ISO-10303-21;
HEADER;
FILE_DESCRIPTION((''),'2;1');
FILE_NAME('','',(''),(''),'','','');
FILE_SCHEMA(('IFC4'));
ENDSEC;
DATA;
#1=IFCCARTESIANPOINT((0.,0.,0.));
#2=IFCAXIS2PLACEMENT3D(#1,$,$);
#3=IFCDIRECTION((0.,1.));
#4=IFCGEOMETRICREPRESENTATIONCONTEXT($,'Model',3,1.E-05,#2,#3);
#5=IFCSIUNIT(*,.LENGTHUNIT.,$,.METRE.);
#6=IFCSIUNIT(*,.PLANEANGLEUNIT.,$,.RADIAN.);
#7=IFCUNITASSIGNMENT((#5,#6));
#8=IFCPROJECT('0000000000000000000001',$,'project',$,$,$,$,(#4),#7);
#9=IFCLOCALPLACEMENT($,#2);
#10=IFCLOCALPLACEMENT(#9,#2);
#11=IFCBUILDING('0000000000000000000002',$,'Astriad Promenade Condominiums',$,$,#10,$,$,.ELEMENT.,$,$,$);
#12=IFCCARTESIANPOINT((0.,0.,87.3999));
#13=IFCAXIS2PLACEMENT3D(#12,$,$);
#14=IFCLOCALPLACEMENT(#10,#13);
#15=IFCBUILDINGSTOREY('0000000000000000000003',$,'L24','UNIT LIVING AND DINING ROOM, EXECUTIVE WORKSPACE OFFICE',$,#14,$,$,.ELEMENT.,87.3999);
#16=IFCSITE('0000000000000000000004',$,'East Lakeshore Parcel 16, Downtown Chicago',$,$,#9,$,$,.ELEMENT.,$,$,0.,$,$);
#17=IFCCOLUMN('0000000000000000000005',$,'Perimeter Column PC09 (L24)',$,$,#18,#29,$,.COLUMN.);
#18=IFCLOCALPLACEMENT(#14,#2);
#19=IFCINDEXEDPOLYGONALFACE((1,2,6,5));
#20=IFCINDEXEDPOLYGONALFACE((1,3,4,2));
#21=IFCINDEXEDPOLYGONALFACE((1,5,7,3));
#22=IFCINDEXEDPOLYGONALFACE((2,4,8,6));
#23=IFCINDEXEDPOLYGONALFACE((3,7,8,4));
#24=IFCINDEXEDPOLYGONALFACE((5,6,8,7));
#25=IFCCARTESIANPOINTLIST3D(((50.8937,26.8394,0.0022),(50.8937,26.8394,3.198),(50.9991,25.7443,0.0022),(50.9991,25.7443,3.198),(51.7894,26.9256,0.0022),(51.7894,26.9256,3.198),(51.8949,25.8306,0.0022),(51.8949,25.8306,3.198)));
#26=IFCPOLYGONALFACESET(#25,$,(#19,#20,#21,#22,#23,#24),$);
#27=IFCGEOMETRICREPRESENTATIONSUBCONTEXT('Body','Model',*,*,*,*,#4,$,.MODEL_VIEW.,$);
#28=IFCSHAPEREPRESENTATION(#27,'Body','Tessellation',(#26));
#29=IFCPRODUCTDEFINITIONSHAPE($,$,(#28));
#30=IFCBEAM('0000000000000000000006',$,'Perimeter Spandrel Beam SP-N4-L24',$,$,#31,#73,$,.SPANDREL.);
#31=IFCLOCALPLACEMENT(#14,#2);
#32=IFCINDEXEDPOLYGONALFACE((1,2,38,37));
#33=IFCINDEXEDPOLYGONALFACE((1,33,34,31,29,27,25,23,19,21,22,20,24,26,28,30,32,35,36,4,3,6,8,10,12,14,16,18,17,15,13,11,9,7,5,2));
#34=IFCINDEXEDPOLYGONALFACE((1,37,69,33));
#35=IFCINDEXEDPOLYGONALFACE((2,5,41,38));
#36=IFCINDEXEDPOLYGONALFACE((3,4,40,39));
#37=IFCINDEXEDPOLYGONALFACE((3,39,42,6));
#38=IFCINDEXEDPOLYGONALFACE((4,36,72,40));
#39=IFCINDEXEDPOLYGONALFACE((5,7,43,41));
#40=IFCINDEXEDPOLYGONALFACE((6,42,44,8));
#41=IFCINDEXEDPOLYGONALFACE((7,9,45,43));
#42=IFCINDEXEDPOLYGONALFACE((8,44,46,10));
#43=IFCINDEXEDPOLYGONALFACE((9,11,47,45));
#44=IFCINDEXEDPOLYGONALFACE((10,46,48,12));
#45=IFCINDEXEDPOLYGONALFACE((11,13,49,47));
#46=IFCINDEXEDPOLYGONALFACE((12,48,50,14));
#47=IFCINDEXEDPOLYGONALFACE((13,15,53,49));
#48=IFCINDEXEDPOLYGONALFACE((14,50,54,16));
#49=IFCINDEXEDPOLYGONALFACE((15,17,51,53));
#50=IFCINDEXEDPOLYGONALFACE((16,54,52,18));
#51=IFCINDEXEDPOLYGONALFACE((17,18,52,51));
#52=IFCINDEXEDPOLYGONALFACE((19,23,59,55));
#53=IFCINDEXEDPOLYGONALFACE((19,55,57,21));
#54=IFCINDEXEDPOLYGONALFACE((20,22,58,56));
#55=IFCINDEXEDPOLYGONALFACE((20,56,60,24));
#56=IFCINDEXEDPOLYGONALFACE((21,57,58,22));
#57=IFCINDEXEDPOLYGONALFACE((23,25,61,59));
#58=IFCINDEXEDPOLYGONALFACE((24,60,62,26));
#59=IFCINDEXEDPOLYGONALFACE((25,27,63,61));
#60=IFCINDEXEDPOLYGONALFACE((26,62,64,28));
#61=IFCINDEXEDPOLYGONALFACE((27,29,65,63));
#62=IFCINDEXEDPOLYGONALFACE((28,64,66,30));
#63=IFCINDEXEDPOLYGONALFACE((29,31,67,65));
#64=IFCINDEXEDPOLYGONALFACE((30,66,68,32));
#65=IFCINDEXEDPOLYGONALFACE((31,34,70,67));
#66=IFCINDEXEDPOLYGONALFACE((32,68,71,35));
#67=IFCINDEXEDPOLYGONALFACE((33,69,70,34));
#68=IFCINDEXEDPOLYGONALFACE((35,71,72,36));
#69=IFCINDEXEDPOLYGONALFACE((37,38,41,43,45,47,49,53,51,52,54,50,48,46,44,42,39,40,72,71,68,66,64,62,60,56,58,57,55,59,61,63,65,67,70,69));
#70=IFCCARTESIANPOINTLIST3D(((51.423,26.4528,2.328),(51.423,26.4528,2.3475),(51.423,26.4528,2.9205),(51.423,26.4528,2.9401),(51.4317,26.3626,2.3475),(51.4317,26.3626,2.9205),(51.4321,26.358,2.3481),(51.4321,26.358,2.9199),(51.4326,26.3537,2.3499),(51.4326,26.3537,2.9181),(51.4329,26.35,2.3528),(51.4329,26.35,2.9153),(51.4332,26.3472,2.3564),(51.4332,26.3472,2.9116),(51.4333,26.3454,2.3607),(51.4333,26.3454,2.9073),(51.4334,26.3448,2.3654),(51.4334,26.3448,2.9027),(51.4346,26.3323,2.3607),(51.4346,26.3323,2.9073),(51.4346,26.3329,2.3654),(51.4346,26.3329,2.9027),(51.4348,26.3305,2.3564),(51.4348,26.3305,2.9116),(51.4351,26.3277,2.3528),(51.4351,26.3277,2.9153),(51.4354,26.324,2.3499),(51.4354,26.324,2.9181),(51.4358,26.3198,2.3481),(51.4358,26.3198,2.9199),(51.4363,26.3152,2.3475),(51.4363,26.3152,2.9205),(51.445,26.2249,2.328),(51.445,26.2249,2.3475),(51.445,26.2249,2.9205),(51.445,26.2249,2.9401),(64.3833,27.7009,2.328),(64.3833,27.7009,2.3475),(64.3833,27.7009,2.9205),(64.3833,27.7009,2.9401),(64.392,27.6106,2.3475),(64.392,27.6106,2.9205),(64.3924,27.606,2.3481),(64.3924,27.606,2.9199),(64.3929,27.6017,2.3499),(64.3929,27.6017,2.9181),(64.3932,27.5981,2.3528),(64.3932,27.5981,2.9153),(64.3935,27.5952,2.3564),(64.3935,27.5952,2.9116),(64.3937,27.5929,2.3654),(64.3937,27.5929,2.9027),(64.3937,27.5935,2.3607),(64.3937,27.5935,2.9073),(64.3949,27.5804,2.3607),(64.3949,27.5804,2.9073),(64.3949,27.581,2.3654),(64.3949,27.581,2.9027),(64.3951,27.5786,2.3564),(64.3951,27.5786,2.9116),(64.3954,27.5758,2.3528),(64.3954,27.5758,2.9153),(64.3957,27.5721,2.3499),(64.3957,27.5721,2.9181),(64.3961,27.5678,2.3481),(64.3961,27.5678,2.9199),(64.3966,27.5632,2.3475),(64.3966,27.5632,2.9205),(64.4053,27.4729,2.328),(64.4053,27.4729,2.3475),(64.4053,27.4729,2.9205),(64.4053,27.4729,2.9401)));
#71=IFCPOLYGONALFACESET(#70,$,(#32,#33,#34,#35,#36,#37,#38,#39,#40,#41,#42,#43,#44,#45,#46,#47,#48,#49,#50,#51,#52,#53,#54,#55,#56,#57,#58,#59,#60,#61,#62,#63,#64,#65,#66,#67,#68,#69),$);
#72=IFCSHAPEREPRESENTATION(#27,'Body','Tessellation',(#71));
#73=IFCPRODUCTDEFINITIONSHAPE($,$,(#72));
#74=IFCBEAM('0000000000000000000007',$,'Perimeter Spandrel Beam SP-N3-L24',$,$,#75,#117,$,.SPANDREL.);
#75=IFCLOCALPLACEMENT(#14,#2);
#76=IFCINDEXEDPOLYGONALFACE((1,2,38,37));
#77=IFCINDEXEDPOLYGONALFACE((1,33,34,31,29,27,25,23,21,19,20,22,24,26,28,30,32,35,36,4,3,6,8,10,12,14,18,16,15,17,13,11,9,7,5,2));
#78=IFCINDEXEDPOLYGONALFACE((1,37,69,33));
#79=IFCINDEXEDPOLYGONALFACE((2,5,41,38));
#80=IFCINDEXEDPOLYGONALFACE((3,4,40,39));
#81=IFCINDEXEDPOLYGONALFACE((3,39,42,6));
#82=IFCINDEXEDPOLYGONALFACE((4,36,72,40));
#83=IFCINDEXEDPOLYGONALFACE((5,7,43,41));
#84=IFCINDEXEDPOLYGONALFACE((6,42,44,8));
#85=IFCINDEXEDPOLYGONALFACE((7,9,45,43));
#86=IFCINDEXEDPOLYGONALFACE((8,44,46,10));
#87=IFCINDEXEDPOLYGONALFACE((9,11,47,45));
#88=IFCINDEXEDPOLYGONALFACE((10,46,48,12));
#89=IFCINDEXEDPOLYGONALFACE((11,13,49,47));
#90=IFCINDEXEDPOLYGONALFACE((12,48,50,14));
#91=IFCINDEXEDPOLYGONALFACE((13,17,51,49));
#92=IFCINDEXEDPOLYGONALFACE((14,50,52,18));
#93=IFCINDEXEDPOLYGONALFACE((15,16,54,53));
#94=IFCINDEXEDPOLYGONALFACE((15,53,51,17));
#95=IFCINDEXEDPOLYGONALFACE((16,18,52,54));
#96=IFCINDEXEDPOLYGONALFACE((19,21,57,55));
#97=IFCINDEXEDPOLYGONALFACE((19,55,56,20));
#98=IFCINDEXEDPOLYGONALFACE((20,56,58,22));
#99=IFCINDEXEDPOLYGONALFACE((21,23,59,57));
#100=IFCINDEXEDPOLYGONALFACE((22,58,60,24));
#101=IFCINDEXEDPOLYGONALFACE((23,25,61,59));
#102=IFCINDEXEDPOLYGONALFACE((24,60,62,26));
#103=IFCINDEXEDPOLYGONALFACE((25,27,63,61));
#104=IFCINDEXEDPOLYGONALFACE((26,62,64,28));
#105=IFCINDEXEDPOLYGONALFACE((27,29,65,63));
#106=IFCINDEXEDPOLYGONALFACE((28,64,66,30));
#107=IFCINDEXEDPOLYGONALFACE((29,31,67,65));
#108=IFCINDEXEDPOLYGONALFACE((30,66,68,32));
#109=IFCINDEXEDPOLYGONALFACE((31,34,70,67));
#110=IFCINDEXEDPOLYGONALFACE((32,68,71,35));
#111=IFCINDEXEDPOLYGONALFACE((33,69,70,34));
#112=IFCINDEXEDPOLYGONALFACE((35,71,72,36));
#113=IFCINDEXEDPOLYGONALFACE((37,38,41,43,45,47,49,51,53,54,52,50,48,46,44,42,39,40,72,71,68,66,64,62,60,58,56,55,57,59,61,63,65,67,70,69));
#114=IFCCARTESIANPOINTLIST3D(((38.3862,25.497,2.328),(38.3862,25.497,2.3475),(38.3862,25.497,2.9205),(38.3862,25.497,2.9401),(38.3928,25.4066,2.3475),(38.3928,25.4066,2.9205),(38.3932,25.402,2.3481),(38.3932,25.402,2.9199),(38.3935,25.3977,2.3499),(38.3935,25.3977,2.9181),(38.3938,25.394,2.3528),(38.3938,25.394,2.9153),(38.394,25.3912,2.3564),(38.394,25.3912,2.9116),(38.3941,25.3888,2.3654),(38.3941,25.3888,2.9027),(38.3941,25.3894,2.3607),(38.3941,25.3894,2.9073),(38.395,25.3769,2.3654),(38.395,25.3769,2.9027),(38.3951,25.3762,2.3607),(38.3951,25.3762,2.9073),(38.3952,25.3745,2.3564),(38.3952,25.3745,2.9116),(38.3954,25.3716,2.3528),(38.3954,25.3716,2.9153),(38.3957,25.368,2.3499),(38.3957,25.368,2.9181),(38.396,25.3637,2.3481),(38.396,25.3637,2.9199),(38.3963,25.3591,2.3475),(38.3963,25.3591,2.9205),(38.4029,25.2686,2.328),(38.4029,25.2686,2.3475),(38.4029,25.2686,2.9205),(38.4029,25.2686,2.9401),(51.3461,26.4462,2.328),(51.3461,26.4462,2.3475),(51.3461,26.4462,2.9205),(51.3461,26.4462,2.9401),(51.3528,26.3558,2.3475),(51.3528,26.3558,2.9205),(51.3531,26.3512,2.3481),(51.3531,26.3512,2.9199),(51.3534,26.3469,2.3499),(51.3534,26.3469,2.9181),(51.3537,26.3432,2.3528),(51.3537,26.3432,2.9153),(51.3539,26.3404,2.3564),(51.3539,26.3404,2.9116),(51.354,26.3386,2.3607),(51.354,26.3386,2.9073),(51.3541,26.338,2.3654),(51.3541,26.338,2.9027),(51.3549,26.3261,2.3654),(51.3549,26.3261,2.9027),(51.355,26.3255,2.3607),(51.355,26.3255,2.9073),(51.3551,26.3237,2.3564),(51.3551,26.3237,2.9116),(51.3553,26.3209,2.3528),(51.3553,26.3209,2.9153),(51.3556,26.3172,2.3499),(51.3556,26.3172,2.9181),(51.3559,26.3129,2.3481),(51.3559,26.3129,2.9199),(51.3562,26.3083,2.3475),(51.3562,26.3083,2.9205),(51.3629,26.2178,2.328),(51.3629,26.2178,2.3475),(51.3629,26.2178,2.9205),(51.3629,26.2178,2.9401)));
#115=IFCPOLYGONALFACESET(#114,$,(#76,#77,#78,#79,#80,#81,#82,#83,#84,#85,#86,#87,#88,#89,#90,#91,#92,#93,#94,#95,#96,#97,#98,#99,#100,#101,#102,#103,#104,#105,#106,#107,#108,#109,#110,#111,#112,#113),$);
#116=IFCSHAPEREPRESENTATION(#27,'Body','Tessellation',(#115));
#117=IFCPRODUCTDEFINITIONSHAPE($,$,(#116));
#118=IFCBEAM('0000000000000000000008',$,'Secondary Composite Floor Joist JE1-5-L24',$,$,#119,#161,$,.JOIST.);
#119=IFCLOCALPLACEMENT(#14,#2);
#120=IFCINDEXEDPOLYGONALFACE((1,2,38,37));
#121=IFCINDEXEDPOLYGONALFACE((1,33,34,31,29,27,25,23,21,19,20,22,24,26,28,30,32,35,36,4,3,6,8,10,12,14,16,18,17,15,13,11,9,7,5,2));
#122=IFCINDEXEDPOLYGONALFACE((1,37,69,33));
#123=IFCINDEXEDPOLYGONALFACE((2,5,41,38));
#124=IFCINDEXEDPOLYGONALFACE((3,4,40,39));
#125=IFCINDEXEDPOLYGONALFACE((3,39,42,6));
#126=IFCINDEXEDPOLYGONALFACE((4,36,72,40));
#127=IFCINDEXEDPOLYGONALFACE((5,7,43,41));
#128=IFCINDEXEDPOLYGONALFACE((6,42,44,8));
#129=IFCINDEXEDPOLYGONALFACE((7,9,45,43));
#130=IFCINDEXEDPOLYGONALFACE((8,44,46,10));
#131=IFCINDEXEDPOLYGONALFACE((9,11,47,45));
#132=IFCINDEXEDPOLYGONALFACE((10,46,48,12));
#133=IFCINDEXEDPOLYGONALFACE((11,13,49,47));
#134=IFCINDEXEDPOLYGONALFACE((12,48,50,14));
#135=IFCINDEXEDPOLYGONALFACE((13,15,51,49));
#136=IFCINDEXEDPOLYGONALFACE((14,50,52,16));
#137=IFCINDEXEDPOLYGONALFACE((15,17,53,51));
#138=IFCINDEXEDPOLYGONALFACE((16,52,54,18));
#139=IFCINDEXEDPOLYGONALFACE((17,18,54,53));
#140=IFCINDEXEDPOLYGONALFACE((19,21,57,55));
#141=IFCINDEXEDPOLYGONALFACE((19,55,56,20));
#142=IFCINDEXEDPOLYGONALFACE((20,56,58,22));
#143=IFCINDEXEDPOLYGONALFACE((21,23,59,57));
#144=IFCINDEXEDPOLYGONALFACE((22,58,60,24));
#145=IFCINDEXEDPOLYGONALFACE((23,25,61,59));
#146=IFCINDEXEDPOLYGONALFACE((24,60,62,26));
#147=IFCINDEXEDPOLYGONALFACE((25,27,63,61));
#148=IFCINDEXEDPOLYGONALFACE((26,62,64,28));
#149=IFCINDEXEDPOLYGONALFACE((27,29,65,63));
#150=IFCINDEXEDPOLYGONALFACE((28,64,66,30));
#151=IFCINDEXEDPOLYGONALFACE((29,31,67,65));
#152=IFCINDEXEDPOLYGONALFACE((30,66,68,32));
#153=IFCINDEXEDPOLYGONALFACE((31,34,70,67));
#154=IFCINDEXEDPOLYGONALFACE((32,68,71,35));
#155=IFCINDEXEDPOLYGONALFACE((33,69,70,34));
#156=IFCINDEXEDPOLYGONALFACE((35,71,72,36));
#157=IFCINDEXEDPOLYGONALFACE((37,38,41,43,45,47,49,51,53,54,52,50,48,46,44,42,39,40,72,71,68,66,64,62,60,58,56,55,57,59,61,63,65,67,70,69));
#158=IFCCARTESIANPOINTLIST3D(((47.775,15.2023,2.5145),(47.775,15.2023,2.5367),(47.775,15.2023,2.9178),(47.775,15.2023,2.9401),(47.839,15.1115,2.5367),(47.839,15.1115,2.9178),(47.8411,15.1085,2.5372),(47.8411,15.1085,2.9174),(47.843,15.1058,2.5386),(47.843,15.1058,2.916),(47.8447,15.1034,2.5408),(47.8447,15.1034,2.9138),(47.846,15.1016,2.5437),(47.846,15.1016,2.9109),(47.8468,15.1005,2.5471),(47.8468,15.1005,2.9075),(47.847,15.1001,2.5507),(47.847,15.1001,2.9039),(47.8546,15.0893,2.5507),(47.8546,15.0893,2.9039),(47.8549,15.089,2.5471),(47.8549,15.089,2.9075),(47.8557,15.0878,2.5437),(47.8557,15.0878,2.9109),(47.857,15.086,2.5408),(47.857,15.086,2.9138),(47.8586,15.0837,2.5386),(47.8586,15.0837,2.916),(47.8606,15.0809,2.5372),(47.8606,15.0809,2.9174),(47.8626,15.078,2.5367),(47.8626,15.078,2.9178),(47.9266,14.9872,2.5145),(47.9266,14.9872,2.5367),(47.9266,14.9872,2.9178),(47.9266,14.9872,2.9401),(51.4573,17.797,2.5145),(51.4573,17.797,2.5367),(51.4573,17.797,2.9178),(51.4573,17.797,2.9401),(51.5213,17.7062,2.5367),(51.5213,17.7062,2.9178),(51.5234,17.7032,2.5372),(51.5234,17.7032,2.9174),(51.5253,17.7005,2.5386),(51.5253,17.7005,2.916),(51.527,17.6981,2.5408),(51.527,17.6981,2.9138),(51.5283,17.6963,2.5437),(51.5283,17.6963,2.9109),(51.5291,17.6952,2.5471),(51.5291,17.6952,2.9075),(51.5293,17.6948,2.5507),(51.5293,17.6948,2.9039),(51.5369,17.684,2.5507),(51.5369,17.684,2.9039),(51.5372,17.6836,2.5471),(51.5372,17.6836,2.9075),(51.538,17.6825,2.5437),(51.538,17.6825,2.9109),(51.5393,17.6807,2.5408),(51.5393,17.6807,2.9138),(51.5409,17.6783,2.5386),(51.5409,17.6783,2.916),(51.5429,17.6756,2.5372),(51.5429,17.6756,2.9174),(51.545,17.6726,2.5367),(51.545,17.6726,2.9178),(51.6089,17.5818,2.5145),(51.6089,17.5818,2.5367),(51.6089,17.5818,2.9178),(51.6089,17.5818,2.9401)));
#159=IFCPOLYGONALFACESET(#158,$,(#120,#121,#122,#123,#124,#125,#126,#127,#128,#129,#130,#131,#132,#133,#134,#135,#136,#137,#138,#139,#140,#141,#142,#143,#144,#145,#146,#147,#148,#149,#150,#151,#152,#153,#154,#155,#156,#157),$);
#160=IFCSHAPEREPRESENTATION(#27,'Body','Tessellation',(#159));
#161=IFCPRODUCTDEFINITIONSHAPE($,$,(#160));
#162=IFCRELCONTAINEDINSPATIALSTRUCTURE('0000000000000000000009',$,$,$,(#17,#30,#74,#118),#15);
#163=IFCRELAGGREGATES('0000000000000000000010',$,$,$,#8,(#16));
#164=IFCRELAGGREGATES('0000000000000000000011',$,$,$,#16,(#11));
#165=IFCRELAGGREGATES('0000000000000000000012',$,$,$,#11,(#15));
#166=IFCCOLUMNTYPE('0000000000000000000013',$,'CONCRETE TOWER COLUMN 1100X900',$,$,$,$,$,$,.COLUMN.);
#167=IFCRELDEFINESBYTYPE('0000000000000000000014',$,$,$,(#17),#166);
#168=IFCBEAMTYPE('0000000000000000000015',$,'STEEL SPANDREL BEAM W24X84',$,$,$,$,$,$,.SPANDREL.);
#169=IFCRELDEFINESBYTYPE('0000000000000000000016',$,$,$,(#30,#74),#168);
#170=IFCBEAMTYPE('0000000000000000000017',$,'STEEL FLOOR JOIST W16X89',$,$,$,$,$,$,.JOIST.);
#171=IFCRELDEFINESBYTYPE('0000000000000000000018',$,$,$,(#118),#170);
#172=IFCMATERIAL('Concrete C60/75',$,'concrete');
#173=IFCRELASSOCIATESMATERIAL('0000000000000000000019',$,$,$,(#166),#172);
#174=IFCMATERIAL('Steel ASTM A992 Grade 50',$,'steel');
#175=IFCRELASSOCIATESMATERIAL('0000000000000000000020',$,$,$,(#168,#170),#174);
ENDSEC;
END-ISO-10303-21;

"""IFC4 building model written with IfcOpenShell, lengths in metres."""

from ifc_helpers import new_model, si_unit, direction, frame, origin, origin_2d, place, context, subcontext, project, spatial, rectangle, i_section, extrude, source, transform, mapped, material, material_profile, profile_set, type_object, type_shapes, element, save


model = new_model("IFC4")

# Units and contexts
model_context = context("Model", 3, precision=1e-05, world=origin(), true_north=direction((0.0, 1.0)))
body_context = subcontext(model_context, "Body", "Model", "MODEL_VIEW")
ifc_project = project(units=[si_unit("LENGTHUNIT", "METRE"), si_unit("PLANEANGLEUNIT", "RADIAN")], contexts=[model_context])

# Site, building, storey
site_placement = place(None, origin())
site = spatial("IfcSite", under=ifc_project, at=site_placement, Name="East Lakeshore Parcel 16, Downtown Chicago", CompositionType="ELEMENT", RefElevation=0.0)
building_placement = place(site_placement, origin())
building = spatial("IfcBuilding", under=site, at=building_placement, Name="Astriad Promenade Condominiums", CompositionType="ELEMENT")
storey_placement = place(building_placement, frame((0.0, 0.0, 87.3999)))
storey = spatial("IfcBuildingStorey", under=building, at=storey_placement, Name="L24", Description="UNIT LIVING AND DINING ROOM, EXECUTIVE WORKSPACE OFFICE", CompositionType="ELEMENT", Elevation=87.3999)

# Column
ifc_material_1 = material(Name="Concrete C60/75", Category="concrete")
ifc_material_profile_1 = material_profile(ifc_material_1, rectangle(XDim=0.8999, YDim=1.1001, at=origin_2d()), Name="RC-COL-1100X900")
ifc_profile_set_1 = profile_set([ifc_material_profile_1], Name="Concrete C60/75")
column_type = type_object("IfcColumnType", Name="CONCRETE TOWER COLUMN 1100X900", PredefinedType="COLUMN", material=ifc_profile_set_1)
shared_shape_1 = source(origin(), body_context, "Body", "SweptSolid", [
    extrude(rectangle(XDim=0.8999, YDim=1.1001, at=origin_2d()), origin(), (0.0, 0.0, 1.0), 3.1958),
])
type_shapes(column_type, [shared_shape_1])
column_placement = place(storey_placement, frame((51.3943, 26.335, 0.0022), z_axis=(0.0, 0.0, 1.0), x_axis=(0.995396, 0.095846, 0.0)))
element("IfcColumn", 1, at=column_placement, inside=storey, type_object=column_type, Name="Perimeter Column PC09 (L24)", PredefinedType="COLUMN", context=body_context, shape_type="MappedRepresentation", body=[
    mapped(shared_shape_1, transform((0.0, 0.0, 0.0), scale=1.0)),
])

# Beams
ifc_material_2 = material(Name="Steel ASTM A992 Grade 50", Category="steel")
ifc_material_profile_2 = material_profile(ifc_material_2, i_section(OverallWidth=0.229, OverallDepth=0.6121, WebThickness=0.012, FlangeThickness=0.0195, FilletRadius=0.0178, at=origin_2d()), Name="W24X84")
ifc_profile_set_2 = profile_set([ifc_material_profile_2], Name="Steel ASTM A992 Grade 50")
beam_type_1 = type_object("IfcBeamType", Name="STEEL SPANDREL BEAM W24X84", PredefinedType="SPANDREL", material=ifc_profile_set_2)
shared_shape_2 = source(origin(), body_context, "Body", "SweptSolid", [
    extrude(i_section(OverallWidth=0.229, OverallDepth=0.6121, WebThickness=0.012, FlangeThickness=0.0195, FilletRadius=0.0178, at=origin_2d()), origin(), (0.0, 0.0, 1.0), 13.0203),
])
beam_1_placement = place(storey_placement, frame((64.3943, 27.5869, 2.634), z_axis=(-0.995395, -0.095855, 0.0), x_axis=(0.095855, -0.995395, 0.0)))
element("IfcBeam", 2, at=beam_1_placement, inside=storey, type_object=beam_type_1, Name="Perimeter Spandrel Beam SP-N4-L24", PredefinedType="SPANDREL", context=body_context, shape_type="MappedRepresentation", body=[
    mapped(shared_shape_2, transform((0.0, 0.0, 0.0), scale=1.0)),
])
shared_shape_3 = source(origin(), body_context, "Body", "SweptSolid", [
    extrude(i_section(OverallWidth=0.229, OverallDepth=0.6121, WebThickness=0.012, FlangeThickness=0.0195, FilletRadius=0.0178, at=origin_2d()), origin(), (0.0, 0.0, 1.0), 12.9946),
])
type_shapes(beam_type_1, [shared_shape_2, shared_shape_3])
beam_2_placement = place(storey_placement, frame((51.3545, 26.332, 2.634), z_axis=(-0.997329, -0.073047, 0.0), x_axis=(0.073047, -0.997329, 0.0)))
element("IfcBeam", 3, at=beam_2_placement, inside=storey, type_object=beam_type_1, Name="Perimeter Spandrel Beam SP-N3-L24", PredefinedType="SPANDREL", context=body_context, shape_type="MappedRepresentation", body=[
    mapped(shared_shape_3, transform((0.0, 0.0, 0.0), scale=1.0)),
])
ifc_material_profile_3 = material_profile(ifc_material_2, i_section(OverallWidth=0.2632, OverallDepth=0.4255, WebThickness=0.0132, FlangeThickness=0.0222, FilletRadius=0.0139, at=origin_2d()), Name="W16X89")
ifc_profile_set_3 = profile_set([ifc_material_profile_3], Name="Steel ASTM A992 Grade 50")
beam_type_2 = type_object("IfcBeamType", Name="STEEL FLOOR JOIST W16X89", PredefinedType="JOIST", material=ifc_profile_set_3)
shared_shape_4 = source(origin(), body_context, "Body", "SweptSolid", [
    extrude(i_section(OverallWidth=0.2632, OverallDepth=0.4255, WebThickness=0.0132, FlangeThickness=0.0222, FilletRadius=0.0139, at=origin_2d()), origin(), (0.0, 0.0, 1.0), 4.5046),
])
type_shapes(beam_type_2, [shared_shape_4])
beam_3_placement = place(storey_placement, frame((47.8508, 15.0947, 2.7273), z_axis=(0.817448, 0.576002, 0.0), x_axis=(-0.576002, 0.817448, 0.0)))
element("IfcBeam", 4, at=beam_3_placement, inside=storey, type_object=beam_type_2, Name="Secondary Composite Floor Joist JE1-5-L24", PredefinedType="JOIST", context=body_context, shape_type="MappedRepresentation", body=[
    mapped(shared_shape_4, transform((0.0, 0.0, 0.0), scale=1.0)),
])

save(model, "model.ifc")
